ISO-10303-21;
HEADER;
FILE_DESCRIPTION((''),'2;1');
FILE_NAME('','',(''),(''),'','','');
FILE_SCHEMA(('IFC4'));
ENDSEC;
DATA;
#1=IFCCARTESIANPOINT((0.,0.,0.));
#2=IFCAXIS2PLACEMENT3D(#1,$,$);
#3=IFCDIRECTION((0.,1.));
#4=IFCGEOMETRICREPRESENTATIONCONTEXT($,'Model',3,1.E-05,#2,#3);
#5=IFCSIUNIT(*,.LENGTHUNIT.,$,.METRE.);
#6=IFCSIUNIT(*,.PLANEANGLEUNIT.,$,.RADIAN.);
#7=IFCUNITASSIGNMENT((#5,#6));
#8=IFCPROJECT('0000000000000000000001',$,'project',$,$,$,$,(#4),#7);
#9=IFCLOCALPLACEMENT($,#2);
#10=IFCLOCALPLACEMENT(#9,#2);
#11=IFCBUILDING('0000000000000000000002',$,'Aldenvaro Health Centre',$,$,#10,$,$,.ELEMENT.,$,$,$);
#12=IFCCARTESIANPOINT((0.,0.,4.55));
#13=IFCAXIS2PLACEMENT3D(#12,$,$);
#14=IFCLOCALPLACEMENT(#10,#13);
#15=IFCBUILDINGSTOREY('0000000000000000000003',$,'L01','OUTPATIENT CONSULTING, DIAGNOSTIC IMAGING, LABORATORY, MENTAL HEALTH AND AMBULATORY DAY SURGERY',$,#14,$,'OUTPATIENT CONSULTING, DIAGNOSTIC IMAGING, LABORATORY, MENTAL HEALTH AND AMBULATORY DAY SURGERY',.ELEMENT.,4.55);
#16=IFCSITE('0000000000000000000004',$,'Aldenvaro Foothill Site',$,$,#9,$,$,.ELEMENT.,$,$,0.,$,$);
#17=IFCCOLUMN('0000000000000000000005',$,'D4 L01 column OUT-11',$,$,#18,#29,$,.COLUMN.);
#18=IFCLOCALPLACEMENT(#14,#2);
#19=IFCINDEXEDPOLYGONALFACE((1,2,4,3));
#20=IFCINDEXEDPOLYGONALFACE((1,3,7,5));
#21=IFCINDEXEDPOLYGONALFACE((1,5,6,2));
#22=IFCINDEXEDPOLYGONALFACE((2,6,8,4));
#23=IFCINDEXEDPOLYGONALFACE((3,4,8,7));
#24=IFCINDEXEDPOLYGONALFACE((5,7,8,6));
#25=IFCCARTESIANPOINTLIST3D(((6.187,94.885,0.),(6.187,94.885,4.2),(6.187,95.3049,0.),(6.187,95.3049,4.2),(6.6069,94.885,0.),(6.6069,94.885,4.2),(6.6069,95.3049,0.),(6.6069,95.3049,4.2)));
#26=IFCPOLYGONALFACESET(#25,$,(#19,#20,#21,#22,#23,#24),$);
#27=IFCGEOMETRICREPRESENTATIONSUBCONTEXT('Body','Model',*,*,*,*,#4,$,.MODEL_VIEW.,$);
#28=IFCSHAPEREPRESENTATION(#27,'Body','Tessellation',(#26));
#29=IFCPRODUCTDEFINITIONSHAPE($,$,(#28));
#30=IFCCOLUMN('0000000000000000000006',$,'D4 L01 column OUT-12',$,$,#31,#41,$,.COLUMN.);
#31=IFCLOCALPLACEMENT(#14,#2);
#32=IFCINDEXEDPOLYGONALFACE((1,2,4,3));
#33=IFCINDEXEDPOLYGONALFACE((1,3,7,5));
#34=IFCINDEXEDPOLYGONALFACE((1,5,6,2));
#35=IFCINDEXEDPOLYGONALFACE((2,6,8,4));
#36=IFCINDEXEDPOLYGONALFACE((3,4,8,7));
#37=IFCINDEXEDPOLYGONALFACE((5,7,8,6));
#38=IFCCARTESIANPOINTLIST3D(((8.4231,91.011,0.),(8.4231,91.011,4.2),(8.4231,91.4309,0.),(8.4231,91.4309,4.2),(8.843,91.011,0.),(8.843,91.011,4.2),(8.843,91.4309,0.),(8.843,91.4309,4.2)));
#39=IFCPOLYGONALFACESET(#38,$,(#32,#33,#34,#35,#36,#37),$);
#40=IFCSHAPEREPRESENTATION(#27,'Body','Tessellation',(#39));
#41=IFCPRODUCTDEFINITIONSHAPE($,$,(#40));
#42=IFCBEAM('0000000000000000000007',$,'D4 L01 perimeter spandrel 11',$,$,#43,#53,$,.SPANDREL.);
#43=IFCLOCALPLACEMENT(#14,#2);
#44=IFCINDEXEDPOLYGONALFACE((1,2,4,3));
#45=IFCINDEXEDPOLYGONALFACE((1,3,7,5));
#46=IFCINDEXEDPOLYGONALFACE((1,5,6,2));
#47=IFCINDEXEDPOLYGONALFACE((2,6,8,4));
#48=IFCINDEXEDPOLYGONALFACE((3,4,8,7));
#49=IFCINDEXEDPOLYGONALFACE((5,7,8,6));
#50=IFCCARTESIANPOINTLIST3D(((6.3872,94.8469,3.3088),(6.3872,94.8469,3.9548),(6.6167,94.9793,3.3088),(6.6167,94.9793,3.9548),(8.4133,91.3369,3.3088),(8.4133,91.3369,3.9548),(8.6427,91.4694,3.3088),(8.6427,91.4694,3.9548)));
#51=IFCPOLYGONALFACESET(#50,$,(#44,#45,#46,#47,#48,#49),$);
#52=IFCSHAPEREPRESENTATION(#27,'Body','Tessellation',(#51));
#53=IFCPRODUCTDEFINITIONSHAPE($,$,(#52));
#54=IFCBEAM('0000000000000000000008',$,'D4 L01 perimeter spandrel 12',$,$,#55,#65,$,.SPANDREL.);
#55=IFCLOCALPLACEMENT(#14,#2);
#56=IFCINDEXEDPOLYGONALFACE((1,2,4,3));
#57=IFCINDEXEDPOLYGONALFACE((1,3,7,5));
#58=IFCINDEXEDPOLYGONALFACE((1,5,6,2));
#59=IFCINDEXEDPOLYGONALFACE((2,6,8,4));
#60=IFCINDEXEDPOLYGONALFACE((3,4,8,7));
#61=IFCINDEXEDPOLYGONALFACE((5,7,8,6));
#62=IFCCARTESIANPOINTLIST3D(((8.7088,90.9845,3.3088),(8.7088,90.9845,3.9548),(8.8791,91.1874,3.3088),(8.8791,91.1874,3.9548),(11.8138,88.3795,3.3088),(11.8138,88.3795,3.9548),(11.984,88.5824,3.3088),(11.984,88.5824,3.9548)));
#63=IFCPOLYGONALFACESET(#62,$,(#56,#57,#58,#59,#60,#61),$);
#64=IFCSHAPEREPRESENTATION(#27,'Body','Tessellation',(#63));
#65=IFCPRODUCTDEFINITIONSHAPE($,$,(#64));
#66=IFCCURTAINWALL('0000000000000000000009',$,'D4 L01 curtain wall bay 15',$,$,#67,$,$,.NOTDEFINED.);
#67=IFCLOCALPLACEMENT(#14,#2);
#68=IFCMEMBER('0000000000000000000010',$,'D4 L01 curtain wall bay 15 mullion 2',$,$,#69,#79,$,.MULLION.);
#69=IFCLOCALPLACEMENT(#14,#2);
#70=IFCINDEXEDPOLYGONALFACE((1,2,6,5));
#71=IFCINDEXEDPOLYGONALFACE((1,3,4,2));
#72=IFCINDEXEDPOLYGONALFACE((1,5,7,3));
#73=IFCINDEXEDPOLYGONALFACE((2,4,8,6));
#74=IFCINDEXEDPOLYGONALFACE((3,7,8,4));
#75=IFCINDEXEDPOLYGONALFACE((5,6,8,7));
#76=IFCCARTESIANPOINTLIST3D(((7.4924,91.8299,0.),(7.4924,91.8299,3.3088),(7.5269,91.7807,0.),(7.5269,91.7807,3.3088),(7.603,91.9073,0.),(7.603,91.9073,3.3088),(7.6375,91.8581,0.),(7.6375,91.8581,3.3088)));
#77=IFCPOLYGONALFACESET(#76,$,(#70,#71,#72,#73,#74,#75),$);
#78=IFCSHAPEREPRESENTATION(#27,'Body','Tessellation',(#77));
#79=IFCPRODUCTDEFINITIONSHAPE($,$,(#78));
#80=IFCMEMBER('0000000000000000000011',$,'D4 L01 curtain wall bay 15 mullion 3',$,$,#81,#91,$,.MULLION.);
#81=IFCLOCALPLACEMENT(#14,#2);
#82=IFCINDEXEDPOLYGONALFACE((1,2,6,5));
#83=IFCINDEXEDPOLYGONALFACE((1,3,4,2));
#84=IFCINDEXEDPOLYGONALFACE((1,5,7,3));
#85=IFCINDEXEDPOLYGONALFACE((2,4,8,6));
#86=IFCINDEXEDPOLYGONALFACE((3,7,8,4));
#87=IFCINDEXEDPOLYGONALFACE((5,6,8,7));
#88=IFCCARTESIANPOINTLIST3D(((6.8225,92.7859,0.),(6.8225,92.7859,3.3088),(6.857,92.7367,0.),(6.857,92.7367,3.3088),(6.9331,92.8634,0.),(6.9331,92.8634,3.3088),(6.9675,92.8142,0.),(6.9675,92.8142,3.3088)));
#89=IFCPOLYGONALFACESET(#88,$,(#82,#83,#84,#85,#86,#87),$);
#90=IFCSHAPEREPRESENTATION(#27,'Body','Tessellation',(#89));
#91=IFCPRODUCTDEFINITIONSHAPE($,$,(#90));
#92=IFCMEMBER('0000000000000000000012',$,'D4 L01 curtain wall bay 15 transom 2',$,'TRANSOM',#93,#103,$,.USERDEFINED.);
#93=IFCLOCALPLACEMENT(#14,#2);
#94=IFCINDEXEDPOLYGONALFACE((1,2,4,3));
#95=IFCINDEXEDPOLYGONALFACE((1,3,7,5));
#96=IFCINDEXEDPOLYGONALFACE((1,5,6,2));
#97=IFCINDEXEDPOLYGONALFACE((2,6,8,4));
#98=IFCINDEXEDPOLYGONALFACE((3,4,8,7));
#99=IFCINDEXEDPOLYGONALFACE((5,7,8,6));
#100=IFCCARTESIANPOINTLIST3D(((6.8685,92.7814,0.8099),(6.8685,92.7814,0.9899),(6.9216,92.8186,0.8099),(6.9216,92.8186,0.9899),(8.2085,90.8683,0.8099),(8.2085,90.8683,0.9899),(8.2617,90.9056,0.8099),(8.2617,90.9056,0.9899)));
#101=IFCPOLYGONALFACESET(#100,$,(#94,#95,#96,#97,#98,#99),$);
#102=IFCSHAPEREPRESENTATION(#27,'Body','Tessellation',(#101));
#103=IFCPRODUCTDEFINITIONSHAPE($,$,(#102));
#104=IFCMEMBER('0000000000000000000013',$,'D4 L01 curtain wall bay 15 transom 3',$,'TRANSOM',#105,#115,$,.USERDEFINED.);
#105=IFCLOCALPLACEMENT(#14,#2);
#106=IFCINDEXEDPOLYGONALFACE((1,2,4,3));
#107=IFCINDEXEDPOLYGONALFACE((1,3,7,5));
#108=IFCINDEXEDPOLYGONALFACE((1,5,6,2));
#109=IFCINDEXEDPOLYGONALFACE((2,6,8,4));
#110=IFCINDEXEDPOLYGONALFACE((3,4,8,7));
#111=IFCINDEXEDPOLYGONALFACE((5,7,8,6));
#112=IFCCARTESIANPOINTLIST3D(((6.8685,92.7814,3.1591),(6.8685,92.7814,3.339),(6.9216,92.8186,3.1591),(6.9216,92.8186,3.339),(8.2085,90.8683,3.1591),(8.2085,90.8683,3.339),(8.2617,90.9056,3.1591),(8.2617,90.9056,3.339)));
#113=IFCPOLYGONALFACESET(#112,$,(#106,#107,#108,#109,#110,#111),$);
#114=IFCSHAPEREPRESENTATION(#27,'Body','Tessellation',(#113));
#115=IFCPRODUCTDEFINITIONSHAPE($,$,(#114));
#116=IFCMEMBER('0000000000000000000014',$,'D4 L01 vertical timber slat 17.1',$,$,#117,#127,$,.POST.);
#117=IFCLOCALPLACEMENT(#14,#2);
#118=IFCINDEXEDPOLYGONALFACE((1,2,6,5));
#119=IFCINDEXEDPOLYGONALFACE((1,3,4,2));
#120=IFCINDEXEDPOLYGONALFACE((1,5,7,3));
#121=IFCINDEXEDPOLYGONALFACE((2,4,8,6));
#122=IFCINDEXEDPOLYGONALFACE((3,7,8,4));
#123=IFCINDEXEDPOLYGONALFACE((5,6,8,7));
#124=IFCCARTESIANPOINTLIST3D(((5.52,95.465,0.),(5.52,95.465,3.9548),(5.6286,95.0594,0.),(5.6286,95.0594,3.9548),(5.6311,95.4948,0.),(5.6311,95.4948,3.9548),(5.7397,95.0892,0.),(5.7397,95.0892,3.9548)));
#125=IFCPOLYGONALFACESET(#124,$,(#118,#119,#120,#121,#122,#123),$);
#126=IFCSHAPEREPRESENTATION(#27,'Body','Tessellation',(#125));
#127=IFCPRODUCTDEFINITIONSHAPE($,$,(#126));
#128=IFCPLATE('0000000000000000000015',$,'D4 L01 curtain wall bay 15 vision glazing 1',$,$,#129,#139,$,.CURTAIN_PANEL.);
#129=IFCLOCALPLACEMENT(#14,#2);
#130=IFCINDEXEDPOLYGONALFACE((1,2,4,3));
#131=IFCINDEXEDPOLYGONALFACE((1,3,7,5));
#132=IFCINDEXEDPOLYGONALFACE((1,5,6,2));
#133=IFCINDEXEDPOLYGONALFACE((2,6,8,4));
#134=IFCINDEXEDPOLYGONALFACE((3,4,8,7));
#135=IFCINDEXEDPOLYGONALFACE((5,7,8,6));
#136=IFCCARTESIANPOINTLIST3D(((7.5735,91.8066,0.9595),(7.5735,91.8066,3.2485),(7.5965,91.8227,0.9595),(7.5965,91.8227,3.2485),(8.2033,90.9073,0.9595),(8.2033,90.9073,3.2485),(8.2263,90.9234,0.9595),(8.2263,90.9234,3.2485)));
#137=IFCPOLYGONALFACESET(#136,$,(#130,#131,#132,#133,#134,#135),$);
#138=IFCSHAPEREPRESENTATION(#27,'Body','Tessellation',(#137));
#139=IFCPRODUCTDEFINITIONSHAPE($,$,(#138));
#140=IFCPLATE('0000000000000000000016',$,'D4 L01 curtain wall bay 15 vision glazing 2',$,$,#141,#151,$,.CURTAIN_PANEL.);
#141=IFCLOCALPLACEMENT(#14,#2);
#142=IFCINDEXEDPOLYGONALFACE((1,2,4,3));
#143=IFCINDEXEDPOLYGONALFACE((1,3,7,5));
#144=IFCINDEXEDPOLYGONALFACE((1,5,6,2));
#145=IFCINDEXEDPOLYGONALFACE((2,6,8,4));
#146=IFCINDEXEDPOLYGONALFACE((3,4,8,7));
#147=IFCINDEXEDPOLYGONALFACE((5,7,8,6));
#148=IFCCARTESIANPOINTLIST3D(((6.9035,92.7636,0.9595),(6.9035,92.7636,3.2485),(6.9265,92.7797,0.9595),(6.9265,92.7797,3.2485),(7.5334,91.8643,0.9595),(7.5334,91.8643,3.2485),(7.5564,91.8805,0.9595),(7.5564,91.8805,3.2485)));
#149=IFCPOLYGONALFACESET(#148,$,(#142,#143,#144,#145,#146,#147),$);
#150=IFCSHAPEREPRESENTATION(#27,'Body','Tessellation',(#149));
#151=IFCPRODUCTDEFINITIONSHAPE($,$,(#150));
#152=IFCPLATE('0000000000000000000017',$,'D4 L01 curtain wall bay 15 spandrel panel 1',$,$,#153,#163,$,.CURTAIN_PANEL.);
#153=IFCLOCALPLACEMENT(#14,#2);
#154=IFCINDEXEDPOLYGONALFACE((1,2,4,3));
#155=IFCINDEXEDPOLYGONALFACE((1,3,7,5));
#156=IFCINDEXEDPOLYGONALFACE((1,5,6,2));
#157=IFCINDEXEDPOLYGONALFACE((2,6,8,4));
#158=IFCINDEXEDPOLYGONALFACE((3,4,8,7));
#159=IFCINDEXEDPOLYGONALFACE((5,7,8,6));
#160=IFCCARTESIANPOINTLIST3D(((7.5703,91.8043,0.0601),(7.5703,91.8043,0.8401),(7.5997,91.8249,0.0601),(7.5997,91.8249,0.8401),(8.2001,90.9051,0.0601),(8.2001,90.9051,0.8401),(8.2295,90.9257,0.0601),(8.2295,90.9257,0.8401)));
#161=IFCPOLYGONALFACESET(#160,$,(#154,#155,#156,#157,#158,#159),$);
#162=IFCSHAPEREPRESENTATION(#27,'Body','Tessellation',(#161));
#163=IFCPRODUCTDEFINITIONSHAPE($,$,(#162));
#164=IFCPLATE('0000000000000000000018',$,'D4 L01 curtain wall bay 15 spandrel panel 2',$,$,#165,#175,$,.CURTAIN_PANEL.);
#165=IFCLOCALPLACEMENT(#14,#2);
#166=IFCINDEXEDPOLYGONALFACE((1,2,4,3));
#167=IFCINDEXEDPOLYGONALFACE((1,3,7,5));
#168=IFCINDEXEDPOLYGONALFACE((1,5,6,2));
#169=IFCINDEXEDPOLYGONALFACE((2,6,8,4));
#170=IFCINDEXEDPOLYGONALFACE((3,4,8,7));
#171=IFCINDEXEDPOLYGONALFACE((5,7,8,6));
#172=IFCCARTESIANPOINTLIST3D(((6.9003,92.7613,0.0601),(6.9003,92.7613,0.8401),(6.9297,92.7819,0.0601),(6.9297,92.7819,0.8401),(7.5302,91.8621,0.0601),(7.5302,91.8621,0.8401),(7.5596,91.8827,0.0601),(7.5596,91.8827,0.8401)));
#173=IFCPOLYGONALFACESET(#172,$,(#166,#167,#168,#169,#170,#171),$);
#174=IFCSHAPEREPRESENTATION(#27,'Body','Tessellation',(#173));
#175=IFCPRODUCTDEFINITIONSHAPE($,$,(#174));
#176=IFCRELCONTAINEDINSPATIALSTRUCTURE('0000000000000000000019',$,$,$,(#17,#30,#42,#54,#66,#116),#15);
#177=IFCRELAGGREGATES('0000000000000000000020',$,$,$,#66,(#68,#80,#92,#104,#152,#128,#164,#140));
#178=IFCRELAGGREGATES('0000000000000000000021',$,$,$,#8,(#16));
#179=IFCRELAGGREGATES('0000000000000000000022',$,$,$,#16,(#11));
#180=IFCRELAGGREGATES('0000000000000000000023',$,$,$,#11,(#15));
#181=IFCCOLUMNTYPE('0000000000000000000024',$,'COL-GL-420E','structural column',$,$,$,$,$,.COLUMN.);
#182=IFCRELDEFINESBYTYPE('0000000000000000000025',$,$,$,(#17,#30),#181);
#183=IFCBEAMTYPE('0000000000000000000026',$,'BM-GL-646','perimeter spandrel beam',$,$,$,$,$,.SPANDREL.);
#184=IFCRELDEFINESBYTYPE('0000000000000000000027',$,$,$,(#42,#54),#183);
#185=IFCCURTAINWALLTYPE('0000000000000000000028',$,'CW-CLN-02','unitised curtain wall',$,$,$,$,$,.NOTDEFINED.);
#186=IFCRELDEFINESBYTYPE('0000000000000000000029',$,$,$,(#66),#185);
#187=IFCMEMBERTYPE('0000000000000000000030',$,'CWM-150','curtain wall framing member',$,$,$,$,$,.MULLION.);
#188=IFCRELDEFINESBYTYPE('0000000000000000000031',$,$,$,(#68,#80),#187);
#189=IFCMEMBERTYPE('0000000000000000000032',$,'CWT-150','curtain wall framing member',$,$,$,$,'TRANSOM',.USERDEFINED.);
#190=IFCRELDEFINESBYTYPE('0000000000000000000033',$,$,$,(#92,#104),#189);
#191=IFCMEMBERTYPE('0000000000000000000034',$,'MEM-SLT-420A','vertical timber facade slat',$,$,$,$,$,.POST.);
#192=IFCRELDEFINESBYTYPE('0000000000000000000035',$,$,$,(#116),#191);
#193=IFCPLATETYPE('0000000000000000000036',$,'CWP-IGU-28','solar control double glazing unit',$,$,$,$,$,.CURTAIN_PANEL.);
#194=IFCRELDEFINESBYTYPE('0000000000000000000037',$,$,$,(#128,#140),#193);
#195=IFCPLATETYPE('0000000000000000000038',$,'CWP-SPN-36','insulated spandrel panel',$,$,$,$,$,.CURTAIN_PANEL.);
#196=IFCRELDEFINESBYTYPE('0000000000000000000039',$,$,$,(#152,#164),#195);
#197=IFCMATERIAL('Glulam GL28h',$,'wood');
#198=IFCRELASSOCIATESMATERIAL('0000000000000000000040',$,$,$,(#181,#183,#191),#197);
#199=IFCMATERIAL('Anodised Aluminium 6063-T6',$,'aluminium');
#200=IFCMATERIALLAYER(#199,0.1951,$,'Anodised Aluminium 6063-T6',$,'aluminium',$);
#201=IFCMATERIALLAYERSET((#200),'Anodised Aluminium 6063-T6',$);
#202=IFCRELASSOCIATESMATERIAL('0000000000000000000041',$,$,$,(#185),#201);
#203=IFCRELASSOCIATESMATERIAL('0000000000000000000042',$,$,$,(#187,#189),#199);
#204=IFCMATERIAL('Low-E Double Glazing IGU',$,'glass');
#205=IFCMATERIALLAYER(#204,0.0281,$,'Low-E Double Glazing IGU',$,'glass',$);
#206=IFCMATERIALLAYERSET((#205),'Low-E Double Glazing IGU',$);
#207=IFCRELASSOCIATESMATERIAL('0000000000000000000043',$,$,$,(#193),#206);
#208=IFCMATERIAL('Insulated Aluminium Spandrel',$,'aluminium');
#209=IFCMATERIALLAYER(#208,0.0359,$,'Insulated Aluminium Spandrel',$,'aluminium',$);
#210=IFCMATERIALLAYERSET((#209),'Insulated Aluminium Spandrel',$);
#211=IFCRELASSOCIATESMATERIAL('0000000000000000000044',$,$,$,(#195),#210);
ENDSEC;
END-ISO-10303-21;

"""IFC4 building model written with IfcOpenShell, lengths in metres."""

from ifc_helpers import new_model, si_unit, direction, frame, origin, origin_2d, place, context, subcontext, project, spatial, rectangle, extrude, material, layer, layer_set, material_profile, profile_set, type_object, element, aggregate, save


model = new_model("IFC4")

# Units and contexts
model_context = context("Model", 3, precision=1e-05, world=origin(), true_north=direction((0.0, 1.0)))
body_context = subcontext(model_context, "Body", "Model", "MODEL_VIEW")
ifc_project = project(units=[si_unit("LENGTHUNIT", "METRE"), si_unit("PLANEANGLEUNIT", "RADIAN")], contexts=[model_context])

# Site, building, storey
site_placement = place(None, origin())
site = spatial("IfcSite", under=ifc_project, at=site_placement, Name="Aldenvaro Foothill Site", CompositionType="ELEMENT", RefElevation=0.0)
building_placement = place(site_placement, origin())
building = spatial("IfcBuilding", under=site, at=building_placement, Name="Aldenvaro Health Centre", CompositionType="ELEMENT")
storey_placement = place(building_placement, frame((0.0, 0.0, 4.55)))
storey = spatial("IfcBuildingStorey", under=building, at=storey_placement, Name="L01", Description="OUTPATIENT CONSULTING, DIAGNOSTIC IMAGING, LABORATORY, MENTAL HEALTH AND AMBULATORY DAY SURGERY", LongName="OUTPATIENT CONSULTING, DIAGNOSTIC IMAGING, LABORATORY, MENTAL HEALTH AND AMBULATORY DAY SURGERY", CompositionType="ELEMENT", Elevation=4.55)

# Columns
ifc_material_1 = material(Name="Glulam GL28h", Category="wood")
ifc_material_profile_1 = material_profile(ifc_material_1, rectangle(XDim=0.4199, YDim=0.4199, at=origin_2d()), Name="GL 420x420", Category="wood")
ifc_profile_set_1 = profile_set([ifc_material_profile_1], Name="Glulam GL28h")
column_type = type_object("IfcColumnType", Name="COL-GL-420E", Description="structural column", PredefinedType="COLUMN", material=ifc_profile_set_1)
for number, where, z_axis, x_axis, name in (
    (1, (6.397, 95.095, 0.0), (0.0, 0.0, 1.0), (1.0, 0.0, 0.0), "D4 L01 column OUT-11"),
    (2, (8.6331, 91.2209, 0.0), (0.0, 0.0, 1.0), (1.0, 0.0, 0.0), "D4 L01 column OUT-12"),
):
    element("IfcColumn", number, at=place(storey_placement, frame(where, z_axis=z_axis, x_axis=x_axis)), inside=storey, type_object=column_type, Name=name, PredefinedType="COLUMN", context=body_context, shape_type="SweptSolid", body=[
        extrude(rectangle(XDim=0.4199, YDim=0.4199, at=origin_2d()), origin(), (0.0, 0.0, 1.0), 4.2),
    ])

# Beams
ifc_material_profile_2 = material_profile(ifc_material_1, rectangle(XDim=0.2649, YDim=0.646, at=origin_2d()), Name="GL 265x646", Category="wood")
ifc_profile_set_2 = profile_set([ifc_material_profile_2], Name="Glulam GL28h")
beam_type = type_object("IfcBeamType", Name="BM-GL-646", Description="perimeter spandrel beam", PredefinedType="SPANDREL", material=ifc_profile_set_2)
beam_1_placement = place(storey_placement, frame((6.502, 94.9131, 3.6318), z_axis=(0.499929, -0.866066, 0.0), x_axis=(0.866066, 0.499929, 0.0)))
element("IfcBeam", 3, at=beam_1_placement, inside=storey, type_object=beam_type, Name="D4 L01 perimeter spandrel 11", PredefinedType="SPANDREL", context=body_context, shape_type="SweptSolid", body=[
    extrude(rectangle(XDim=0.2649, YDim=0.646, at=origin_2d()), origin(), (0.0, 0.0, 1.0), 4.0527),
])
beam_2_placement = place(storey_placement, frame((8.7939, 91.0859, 3.6318), z_axis=(0.766094, -0.642729, 0.0), x_axis=(0.642729, 0.766094, 0.0)))
element("IfcBeam", 4, at=beam_2_placement, inside=storey, type_object=beam_type, Name="D4 L01 perimeter spandrel 12", PredefinedType="SPANDREL", context=body_context, shape_type="SweptSolid", body=[
    extrude(rectangle(XDim=0.2649, YDim=0.646, at=origin_2d()), origin(), (0.0, 0.0, 1.0), 4.053),
])

# Curtain wall, members
ifc_material_2 = material(Name="Anodised Aluminium 6063-T6", Category="aluminium")
ifc_layer_1 = layer(ifc_material_2, 0.1951, Name="Anodised Aluminium 6063-T6", Category="aluminium")
ifc_layer_set_1 = layer_set([ifc_layer_1], Name="Anodised Aluminium 6063-T6")
curtain_wall_type = type_object("IfcCurtainWallType", Name="CW-CLN-02", Description="unitised curtain wall", PredefinedType="NOTDEFINED", material=ifc_layer_set_1)
curtain_wall_placement = place(storey_placement, origin())
curtain_wall = element("IfcCurtainWall", 5, at=curtain_wall_placement, inside=storey, type_object=curtain_wall_type, Name="D4 L01 curtain wall bay 15", PredefinedType="NOTDEFINED")
ifc_material_profile_3 = material_profile(ifc_material_2, rectangle(XDim=0.0601, YDim=0.135, at=origin_2d()), Name="ALU 60x135", Category="aluminium")
ifc_profile_set_3 = profile_set([ifc_material_profile_3], Name="Anodised Aluminium 6063-T6")
member_type_1 = type_object("IfcMemberType", Name="CWM-150", Description="curtain wall framing member", PredefinedType="MULLION", material=ifc_profile_set_3)
member_1_placement = place(storey_placement, frame((7.5649, 91.844, 0.0), z_axis=(0.0, 0.0, 1.0), x_axis=(-0.573721, 0.819051, 0.0)))
member_1 = element("IfcMember", 6, at=member_1_placement, type_object=member_type_1, Name="D4 L01 curtain wall bay 15 mullion 2", PredefinedType="MULLION", context=body_context, shape_type="SweptSolid", body=[
    extrude(rectangle(XDim=0.0601, YDim=0.135, at=origin_2d()), origin(), (0.0, 0.0, 1.0), 3.3088),
])
member_2_placement = place(storey_placement, frame((6.895, 92.8, 0.0), z_axis=(0.0, 0.0, 1.0), x_axis=(-0.573721, 0.819051, 0.0)))
member_2 = element("IfcMember", 7, at=member_2_placement, type_object=member_type_1, Name="D4 L01 curtain wall bay 15 mullion 3", PredefinedType="MULLION", context=body_context, shape_type="SweptSolid", body=[
    extrude(rectangle(XDim=0.0601, YDim=0.135, at=origin_2d()), origin(), (0.0, 0.0, 1.0), 3.3088),
])
ifc_material_profile_4 = material_profile(ifc_material_2, rectangle(XDim=0.0649, YDim=0.1799, at=origin_2d()), Name="ALU 65x180", Category="aluminium")
ifc_profile_set_4 = profile_set([ifc_material_profile_4], Name="Anodised Aluminium 6063-T6")
member_type_2 = type_object("IfcMemberType", Name="CWT-150", Description="curtain wall framing member", ElementType="TRANSOM", PredefinedType="USERDEFINED", material=ifc_profile_set_4)
member_3_placement = place(storey_placement, frame((8.2351, 90.887, 0.8999), z_axis=(-0.573729, 0.819045, 0.0), x_axis=(-0.819045, -0.573729, 0.0)))
member_3 = element("IfcMember", 8, at=member_3_placement, type_object=member_type_2, Name="D4 L01 curtain wall bay 15 transom 2", ObjectType="TRANSOM", PredefinedType="USERDEFINED", context=body_context, shape_type="SweptSolid", body=[
    extrude(rectangle(XDim=0.0649, YDim=0.1799, at=origin_2d()), origin(), (0.0, 0.0, 1.0), 2.3357),
])
member_4_placement = place(storey_placement, frame((8.2351, 90.887, 3.249), z_axis=(-0.573729, 0.819045, 0.0), x_axis=(-0.819045, -0.573729, 0.0)))
member_4 = element("IfcMember", 9, at=member_4_placement, type_object=member_type_2, Name="D4 L01 curtain wall bay 15 transom 3", ObjectType="TRANSOM", PredefinedType="USERDEFINED", context=body_context, shape_type="SweptSolid", body=[
    extrude(rectangle(XDim=0.0649, YDim=0.1799, at=origin_2d()), origin(), (0.0, 0.0, 1.0), 2.3357),
])

# Member
ifc_material_profile_5 = material_profile(ifc_material_1, rectangle(XDim=0.115, YDim=0.4199, at=origin_2d()), Name="GL 115x420", Category="wood")
ifc_profile_set_5 = profile_set([ifc_material_profile_5], Name="Glulam GL28h")
member_type_3 = type_object("IfcMemberType", Name="MEM-SLT-420A", Description="vertical timber facade slat", PredefinedType="POST", material=ifc_profile_set_5)
member_5_placement = place(storey_placement, frame((5.6299, 95.2771, 0.0), z_axis=(0.0, 0.0, 1.0), x_axis=(-0.965979, -0.258622, 0.0)))
element("IfcMember", 10, at=member_5_placement, inside=storey, type_object=member_type_3, Name="D4 L01 vertical timber slat 17.1", PredefinedType="POST", context=body_context, shape_type="SweptSolid", body=[
    extrude(rectangle(XDim=0.115, YDim=0.4199, at=origin_2d()), origin(), (0.0, 0.0, 1.0), 3.9548),
])

# Plates
ifc_material_3 = material(Name="Low-E Double Glazing IGU", Category="glass")
ifc_layer_2 = layer(ifc_material_3, 0.0281, Name="Low-E Double Glazing IGU", Category="glass")
ifc_layer_set_2 = layer_set([ifc_layer_2], Name="Low-E Double Glazing IGU")
plate_type_1 = type_object("IfcPlateType", Name="CWP-IGU-28", Description="solar control double glazing unit", PredefinedType="CURTAIN_PANEL", material=ifc_layer_set_2)
plate_1_placement = place(storey_placement, frame((7.8999, 91.365, 0.9595), z_axis=(0.0, 0.0, 1.0), x_axis=(-0.573721, 0.819051, 0.0)))
plate_1 = element("IfcPlate", 11, at=plate_1_placement, type_object=plate_type_1, Name="D4 L01 curtain wall bay 15 vision glazing 1", PredefinedType="CURTAIN_PANEL", context=body_context, shape_type="SweptSolid", body=[
    extrude(rectangle(XDim=1.0979, YDim=0.0281, at=origin_2d()), origin(), (0.0, 0.0, 1.0), 2.2891),
])
plate_2_placement = place(storey_placement, frame((7.23, 92.322, 0.9595), z_axis=(0.0, 0.0, 1.0), x_axis=(-0.573721, 0.819051, 0.0)))
plate_2 = element("IfcPlate", 12, at=plate_2_placement, type_object=plate_type_1, Name="D4 L01 curtain wall bay 15 vision glazing 2", PredefinedType="CURTAIN_PANEL", context=body_context, shape_type="SweptSolid", body=[
    extrude(rectangle(XDim=1.0979, YDim=0.0281, at=origin_2d()), origin(), (0.0, 0.0, 1.0), 2.2891),
])
ifc_material_4 = material(Name="Insulated Aluminium Spandrel", Category="aluminium")
ifc_layer_3 = layer(ifc_material_4, 0.0359, Name="Insulated Aluminium Spandrel", Category="aluminium")
ifc_layer_set_3 = layer_set([ifc_layer_3], Name="Insulated Aluminium Spandrel")
plate_type_2 = type_object("IfcPlateType", Name="CWP-SPN-36", Description="insulated spandrel panel", PredefinedType="CURTAIN_PANEL", material=ifc_layer_set_3)
plate_3_placement = place(storey_placement, frame((7.8999, 91.365, 0.0601), z_axis=(0.0, 0.0, 1.0), x_axis=(-0.573721, 0.819051, 0.0)))
plate_3 = element("IfcPlate", 13, at=plate_3_placement, type_object=plate_type_2, Name="D4 L01 curtain wall bay 15 spandrel panel 1", PredefinedType="CURTAIN_PANEL", context=body_context, shape_type="SweptSolid", body=[
    extrude(rectangle(XDim=1.0979, YDim=0.0359, at=origin_2d()), origin(), (0.0, 0.0, 1.0), 0.78),
])
plate_4_placement = place(storey_placement, frame((7.23, 92.322, 0.0601), z_axis=(0.0, 0.0, 1.0), x_axis=(-0.573721, 0.819051, 0.0)))
plate_4 = element("IfcPlate", 14, at=plate_4_placement, type_object=plate_type_2, Name="D4 L01 curtain wall bay 15 spandrel panel 2", PredefinedType="CURTAIN_PANEL", context=body_context, shape_type="SweptSolid", body=[
    extrude(rectangle(XDim=1.0979, YDim=0.0359, at=origin_2d()), origin(), (0.0, 0.0, 1.0), 0.78),
])
aggregate(curtain_wall, [member_1, member_2, member_3, member_4, plate_3, plate_1, plate_4, plate_2])

save(model, "model.ifc")
